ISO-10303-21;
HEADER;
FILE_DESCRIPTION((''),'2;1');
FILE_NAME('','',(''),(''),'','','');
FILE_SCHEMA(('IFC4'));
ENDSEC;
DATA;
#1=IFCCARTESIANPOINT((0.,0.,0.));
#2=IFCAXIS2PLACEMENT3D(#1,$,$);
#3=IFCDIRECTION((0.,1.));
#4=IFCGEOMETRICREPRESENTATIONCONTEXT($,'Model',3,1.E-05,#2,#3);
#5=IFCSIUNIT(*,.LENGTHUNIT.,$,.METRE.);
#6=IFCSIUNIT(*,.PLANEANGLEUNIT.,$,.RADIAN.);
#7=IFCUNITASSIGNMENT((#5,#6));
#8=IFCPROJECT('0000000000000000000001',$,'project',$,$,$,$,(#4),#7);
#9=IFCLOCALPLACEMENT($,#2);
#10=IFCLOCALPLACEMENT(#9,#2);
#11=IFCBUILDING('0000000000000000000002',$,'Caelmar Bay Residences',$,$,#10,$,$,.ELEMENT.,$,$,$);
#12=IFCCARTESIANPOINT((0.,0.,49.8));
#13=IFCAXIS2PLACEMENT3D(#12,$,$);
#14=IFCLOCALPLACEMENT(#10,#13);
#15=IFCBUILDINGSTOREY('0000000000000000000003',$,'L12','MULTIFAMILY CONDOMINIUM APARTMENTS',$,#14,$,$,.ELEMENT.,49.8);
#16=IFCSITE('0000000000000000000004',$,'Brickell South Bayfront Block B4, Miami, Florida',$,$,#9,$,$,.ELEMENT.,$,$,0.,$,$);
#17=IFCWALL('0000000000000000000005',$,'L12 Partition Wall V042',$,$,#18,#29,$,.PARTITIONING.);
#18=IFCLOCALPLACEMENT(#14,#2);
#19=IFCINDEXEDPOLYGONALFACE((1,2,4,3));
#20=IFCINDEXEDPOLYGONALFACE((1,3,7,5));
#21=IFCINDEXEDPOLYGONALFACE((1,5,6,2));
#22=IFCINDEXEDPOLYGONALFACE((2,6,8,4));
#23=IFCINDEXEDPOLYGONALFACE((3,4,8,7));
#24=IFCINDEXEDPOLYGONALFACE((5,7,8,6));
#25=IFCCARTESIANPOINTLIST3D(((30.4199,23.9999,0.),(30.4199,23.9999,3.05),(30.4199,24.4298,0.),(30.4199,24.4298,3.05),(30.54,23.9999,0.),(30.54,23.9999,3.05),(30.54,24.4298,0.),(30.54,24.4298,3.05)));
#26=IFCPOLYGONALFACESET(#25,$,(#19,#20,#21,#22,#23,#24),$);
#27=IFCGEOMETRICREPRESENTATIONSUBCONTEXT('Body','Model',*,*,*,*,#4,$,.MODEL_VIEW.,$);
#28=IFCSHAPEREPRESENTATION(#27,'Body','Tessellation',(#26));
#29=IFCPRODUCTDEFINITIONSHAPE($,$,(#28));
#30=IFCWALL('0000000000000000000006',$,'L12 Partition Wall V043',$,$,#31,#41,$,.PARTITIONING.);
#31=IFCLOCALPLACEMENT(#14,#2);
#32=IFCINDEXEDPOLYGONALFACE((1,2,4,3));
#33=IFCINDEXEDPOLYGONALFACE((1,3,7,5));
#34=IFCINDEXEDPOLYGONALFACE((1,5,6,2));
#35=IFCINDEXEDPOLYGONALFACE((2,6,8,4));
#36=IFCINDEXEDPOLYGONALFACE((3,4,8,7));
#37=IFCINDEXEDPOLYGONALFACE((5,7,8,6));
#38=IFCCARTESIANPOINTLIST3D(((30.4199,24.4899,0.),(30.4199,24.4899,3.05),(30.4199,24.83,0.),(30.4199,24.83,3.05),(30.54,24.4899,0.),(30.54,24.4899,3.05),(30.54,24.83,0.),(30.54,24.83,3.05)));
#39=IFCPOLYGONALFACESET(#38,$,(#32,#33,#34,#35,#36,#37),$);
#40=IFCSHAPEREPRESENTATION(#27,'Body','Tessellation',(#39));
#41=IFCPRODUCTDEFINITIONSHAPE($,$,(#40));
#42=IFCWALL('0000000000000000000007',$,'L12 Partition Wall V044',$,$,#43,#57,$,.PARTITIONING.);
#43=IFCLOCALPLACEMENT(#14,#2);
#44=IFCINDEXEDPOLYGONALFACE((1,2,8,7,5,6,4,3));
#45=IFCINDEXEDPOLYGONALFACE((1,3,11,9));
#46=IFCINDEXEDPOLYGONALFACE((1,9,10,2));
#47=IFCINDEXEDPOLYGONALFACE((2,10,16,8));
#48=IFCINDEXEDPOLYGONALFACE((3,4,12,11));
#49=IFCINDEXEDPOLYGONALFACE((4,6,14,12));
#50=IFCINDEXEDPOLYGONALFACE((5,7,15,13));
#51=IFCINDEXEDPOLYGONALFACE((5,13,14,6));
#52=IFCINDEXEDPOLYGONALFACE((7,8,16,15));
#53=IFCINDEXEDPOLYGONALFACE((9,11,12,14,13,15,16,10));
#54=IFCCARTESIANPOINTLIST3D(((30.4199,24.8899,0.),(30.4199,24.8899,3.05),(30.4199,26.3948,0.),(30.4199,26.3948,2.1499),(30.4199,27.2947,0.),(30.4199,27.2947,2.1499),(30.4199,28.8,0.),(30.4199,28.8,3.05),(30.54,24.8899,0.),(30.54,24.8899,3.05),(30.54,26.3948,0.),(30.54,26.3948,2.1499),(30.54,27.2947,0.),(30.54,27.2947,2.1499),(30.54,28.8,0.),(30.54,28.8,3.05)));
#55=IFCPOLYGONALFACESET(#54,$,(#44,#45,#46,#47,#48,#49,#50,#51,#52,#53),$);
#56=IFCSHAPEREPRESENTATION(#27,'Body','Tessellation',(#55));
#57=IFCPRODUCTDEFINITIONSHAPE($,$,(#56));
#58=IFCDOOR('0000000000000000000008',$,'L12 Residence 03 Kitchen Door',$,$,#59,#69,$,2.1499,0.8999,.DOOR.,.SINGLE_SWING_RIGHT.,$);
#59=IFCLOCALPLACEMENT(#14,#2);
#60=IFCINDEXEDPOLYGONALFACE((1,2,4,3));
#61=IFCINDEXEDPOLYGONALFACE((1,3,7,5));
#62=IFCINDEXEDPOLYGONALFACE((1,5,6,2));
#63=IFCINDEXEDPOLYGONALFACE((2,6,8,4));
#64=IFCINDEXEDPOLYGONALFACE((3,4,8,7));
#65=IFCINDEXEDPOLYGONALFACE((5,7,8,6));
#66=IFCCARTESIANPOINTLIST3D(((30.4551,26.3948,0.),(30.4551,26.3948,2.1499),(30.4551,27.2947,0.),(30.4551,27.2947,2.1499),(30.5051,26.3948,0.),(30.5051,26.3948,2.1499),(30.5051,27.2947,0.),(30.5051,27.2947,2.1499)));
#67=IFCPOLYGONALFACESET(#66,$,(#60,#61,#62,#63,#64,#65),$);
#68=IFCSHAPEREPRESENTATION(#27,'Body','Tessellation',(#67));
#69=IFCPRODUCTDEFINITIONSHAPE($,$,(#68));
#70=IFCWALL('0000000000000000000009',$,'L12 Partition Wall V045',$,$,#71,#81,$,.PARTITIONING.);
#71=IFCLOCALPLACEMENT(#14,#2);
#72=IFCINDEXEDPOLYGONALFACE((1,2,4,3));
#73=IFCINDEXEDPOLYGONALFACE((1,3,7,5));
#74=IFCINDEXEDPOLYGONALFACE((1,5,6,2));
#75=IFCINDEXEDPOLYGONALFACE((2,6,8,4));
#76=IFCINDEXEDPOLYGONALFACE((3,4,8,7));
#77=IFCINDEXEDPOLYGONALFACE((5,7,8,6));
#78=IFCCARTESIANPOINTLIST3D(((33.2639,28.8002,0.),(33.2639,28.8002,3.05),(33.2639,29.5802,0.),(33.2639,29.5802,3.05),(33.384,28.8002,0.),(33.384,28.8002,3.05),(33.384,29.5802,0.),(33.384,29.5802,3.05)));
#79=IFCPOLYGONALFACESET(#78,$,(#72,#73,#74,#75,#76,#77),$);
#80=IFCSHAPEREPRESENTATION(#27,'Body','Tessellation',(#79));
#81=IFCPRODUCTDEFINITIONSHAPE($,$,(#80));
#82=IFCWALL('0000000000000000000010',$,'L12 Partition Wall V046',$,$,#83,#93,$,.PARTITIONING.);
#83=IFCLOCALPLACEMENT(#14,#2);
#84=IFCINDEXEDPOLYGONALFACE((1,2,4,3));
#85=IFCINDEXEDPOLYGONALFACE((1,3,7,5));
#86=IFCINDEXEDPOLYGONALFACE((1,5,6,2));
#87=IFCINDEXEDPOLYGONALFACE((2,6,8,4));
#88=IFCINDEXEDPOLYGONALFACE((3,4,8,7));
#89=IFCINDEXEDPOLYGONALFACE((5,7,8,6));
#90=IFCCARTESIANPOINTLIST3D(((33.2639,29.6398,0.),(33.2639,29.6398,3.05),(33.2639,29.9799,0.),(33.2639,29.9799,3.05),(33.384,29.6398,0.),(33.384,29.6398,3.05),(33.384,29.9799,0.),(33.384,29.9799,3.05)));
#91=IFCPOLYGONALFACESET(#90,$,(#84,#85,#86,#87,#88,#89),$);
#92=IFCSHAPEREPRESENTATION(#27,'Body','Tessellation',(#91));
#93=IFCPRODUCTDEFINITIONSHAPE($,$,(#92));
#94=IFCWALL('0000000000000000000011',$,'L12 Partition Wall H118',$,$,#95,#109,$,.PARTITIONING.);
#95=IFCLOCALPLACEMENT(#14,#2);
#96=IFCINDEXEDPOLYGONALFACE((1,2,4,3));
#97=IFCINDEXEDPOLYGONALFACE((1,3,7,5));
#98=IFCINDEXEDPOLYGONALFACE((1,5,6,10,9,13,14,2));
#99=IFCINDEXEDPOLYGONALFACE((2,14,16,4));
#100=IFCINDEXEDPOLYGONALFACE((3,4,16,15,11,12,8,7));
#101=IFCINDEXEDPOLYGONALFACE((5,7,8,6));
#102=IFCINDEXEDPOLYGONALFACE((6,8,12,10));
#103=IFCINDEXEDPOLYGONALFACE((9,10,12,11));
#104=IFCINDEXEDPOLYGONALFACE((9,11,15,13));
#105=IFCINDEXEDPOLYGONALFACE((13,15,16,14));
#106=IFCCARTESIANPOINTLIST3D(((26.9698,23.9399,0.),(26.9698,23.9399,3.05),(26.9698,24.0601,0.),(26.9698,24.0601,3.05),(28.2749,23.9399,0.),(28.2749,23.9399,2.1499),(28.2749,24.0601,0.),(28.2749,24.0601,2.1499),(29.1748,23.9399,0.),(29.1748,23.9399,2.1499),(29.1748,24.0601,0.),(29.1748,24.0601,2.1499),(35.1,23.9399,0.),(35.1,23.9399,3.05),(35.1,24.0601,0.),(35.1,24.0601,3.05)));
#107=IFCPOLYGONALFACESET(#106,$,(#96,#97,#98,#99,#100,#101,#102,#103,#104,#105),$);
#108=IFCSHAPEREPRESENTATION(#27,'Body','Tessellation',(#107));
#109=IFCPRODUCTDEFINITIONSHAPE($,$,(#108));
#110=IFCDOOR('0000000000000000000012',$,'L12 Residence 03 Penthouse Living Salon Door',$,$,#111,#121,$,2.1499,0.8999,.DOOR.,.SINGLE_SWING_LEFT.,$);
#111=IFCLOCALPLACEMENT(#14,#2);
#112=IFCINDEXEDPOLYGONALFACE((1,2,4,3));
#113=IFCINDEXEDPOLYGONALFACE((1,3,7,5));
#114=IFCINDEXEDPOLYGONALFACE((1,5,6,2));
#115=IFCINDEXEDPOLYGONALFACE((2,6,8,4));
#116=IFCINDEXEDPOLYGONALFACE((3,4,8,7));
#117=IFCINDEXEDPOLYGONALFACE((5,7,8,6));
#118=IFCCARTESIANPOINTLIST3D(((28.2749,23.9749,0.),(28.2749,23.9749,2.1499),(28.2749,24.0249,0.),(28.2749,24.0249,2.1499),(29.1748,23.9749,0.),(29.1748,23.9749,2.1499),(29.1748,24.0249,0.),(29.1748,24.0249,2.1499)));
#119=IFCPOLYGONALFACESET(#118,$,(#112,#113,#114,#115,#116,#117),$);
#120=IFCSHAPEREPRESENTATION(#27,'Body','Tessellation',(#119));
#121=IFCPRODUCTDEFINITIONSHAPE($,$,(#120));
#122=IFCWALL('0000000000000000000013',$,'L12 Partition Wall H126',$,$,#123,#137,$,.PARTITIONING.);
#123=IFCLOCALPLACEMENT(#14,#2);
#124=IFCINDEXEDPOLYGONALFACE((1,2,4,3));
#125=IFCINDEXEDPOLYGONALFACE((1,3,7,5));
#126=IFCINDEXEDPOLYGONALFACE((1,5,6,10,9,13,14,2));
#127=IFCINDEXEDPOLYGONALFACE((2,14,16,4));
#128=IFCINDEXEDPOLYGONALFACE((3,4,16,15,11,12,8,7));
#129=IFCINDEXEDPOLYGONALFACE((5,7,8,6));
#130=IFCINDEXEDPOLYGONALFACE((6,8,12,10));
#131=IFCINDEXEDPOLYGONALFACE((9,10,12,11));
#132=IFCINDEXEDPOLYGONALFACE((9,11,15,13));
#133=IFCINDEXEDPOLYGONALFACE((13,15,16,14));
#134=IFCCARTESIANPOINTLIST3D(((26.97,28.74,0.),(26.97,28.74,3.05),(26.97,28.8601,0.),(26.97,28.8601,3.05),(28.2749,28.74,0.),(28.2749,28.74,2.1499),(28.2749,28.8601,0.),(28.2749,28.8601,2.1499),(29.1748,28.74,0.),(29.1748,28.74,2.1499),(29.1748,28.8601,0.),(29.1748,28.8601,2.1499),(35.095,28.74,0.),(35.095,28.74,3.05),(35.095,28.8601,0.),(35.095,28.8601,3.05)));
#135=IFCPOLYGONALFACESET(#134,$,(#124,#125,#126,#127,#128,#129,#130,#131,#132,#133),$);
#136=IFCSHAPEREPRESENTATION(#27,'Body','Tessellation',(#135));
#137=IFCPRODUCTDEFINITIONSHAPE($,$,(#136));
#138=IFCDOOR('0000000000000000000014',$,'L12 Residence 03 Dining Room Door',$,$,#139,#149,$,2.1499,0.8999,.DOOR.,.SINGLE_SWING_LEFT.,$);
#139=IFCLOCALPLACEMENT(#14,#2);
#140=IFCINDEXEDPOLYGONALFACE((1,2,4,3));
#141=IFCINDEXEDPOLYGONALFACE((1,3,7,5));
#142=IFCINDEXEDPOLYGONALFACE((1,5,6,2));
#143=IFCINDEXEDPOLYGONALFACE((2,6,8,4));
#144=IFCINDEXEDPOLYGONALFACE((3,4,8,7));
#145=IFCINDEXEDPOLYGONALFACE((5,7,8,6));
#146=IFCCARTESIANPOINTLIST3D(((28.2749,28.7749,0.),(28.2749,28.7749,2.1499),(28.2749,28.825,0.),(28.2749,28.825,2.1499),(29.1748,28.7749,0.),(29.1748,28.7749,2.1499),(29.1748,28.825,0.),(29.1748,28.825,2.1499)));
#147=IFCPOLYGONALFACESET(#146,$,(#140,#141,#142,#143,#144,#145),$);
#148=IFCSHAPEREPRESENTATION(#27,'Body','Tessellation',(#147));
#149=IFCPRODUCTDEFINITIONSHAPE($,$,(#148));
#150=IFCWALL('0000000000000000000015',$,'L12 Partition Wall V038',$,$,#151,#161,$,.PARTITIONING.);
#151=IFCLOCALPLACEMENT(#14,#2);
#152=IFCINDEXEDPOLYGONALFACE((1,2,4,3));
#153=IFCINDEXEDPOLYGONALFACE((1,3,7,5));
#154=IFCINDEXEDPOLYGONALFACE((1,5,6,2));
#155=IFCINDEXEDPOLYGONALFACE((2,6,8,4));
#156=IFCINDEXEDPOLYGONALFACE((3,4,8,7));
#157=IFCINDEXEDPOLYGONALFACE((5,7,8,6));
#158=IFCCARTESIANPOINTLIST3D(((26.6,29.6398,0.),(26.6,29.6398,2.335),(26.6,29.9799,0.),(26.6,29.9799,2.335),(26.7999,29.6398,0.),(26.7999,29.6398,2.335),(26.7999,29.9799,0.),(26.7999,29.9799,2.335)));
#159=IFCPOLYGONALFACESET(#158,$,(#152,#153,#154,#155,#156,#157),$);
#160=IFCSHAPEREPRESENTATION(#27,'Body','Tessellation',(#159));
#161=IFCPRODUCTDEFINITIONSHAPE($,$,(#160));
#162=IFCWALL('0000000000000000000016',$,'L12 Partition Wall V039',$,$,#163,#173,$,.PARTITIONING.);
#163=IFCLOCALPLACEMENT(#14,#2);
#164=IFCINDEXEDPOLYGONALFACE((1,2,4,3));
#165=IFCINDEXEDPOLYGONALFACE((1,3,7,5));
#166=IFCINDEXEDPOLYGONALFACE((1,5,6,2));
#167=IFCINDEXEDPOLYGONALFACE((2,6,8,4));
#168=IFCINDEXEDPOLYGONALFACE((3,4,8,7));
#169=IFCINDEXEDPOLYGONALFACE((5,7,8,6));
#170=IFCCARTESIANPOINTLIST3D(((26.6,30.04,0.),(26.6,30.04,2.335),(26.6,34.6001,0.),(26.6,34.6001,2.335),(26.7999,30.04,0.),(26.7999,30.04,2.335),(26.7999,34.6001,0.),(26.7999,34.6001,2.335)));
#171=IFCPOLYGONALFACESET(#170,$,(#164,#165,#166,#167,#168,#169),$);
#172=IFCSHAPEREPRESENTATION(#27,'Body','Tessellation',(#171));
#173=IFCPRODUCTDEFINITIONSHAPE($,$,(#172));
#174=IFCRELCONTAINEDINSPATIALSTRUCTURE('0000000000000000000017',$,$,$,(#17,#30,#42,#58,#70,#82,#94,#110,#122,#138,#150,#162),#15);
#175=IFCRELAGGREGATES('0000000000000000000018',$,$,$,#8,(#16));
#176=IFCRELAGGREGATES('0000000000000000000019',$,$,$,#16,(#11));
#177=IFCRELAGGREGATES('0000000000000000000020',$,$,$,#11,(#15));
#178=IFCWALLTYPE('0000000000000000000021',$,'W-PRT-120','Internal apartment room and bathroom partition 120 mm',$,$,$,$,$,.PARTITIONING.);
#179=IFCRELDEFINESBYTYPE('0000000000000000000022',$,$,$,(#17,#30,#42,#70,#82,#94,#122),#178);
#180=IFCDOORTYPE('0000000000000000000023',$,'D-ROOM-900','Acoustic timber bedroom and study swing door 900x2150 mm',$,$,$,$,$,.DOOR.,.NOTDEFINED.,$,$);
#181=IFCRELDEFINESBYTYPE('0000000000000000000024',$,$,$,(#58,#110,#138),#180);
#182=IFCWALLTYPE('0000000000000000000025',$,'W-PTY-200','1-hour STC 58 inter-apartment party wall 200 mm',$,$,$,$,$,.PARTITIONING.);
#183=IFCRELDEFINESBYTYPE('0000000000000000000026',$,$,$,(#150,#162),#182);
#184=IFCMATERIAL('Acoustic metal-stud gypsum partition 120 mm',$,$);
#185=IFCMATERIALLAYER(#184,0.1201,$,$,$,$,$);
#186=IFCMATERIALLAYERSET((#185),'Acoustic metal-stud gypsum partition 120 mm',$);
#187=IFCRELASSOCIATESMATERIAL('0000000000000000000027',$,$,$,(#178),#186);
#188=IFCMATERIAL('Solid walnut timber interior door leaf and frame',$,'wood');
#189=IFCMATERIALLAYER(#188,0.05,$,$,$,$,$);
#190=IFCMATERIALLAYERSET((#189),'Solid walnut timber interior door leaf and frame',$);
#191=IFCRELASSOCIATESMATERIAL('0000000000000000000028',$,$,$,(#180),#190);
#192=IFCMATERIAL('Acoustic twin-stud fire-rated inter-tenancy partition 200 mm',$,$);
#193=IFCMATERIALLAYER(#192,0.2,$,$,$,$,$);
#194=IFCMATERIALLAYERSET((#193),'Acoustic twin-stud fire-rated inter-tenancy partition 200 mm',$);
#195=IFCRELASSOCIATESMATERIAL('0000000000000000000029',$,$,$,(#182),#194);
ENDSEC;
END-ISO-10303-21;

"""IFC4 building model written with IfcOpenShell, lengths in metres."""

from ifc_helpers import new_model, si_unit, direction, frame, frame_2d, origin, place, context, subcontext, project, spatial, rectangle, extrude, material, layer, layer_set, type_object, element, fill, save


model = new_model("IFC4")

# Units and contexts
model_context = context("Model", 3, precision=1e-05, world=origin(), true_north=direction((0.0, 1.0)))
body_context = subcontext(model_context, "Body", "Model", "MODEL_VIEW")
ifc_project = project(units=[si_unit("LENGTHUNIT", "METRE"), si_unit("PLANEANGLEUNIT", "RADIAN")], contexts=[model_context])

# Site, building, storey
site_placement = place(None, origin())
site = spatial("IfcSite", under=ifc_project, at=site_placement, Name="Brickell South Bayfront Block B4, Miami, Florida", CompositionType="ELEMENT", RefElevation=0.0)
building_placement = place(site_placement, origin())
building = spatial("IfcBuilding", under=site, at=building_placement, Name="Caelmar Bay Residences", CompositionType="ELEMENT")
storey_placement = place(building_placement, frame((0.0, 0.0, 49.8)))
storey = spatial("IfcBuildingStorey", under=building, at=storey_placement, Name="L12", Description="MULTIFAMILY CONDOMINIUM APARTMENTS", CompositionType="ELEMENT", Elevation=49.8)

# Walls
ifc_material_1 = material(Name="Acoustic metal-stud gypsum partition 120 mm")
ifc_layer_1 = layer(ifc_material_1, 0.1201)
ifc_layer_set_1 = layer_set([ifc_layer_1], Name="Acoustic metal-stud gypsum partition 120 mm")
wall_type_1 = type_object("IfcWallType", Name="W-PRT-120", Description="Internal apartment room and bathroom partition 120 mm", PredefinedType="PARTITIONING", material=ifc_layer_set_1)
wall_1_placement = place(storey_placement, frame((30.48, 24.0, 0.0), z_axis=(0.0, 0.0, 1.0), x_axis=(0.0, 1.0, 0.0)))
element("IfcWall", 1, at=wall_1_placement, inside=storey, type_object=wall_type_1, Name="L12 Partition Wall V042", PredefinedType="PARTITIONING", context=body_context, shape_type="SweptSolid", body=[
    extrude(rectangle(XDim=0.4299, YDim=0.1201, at=frame_2d((0.2148, 0.0))), origin(), (0.0, 0.0, 1.0), 3.05),
])
wall_2_placement = place(storey_placement, frame((30.48, 24.49, 0.0), z_axis=(0.0, 0.0, 1.0), x_axis=(0.0, 1.0, 0.0)))
element("IfcWall", 2, at=wall_2_placement, inside=storey, type_object=wall_type_1, Name="L12 Partition Wall V043", PredefinedType="PARTITIONING", context=body_context, shape_type="SweptSolid", body=[
    extrude(rectangle(XDim=0.3401, YDim=0.1201, at=frame_2d((0.1699, 0.0))), origin(), (0.0, 0.0, 1.0), 3.05),
])

# Wall, opening, door
wall_3_placement = place(storey_placement, frame((30.48, 24.8899, 0.0), z_axis=(0.0, 0.0, 1.0), x_axis=(0.0, 1.0, 0.0)))
wall_3 = element("IfcWall", 3, at=wall_3_placement, inside=storey, type_object=wall_type_1, Name="L12 Partition Wall V044", PredefinedType="PARTITIONING", context=body_context, shape_type="SweptSolid", body=[
    extrude(rectangle(XDim=3.9102, YDim=0.1201, at=frame_2d((1.9551, 0.0))), origin(), (0.0, 0.0, 1.0), 3.05),
])
opening_1_placement = place(wall_3_placement, frame((1.5049, 0.0, 0.0)))
opening_1 = element("IfcOpeningElement", 4, at=opening_1_placement, cuts=wall_3, PredefinedType="OPENING", context=body_context, shape_type="SweptSolid", body=[
    extrude(rectangle(XDim=0.8999, YDim=2.1499, at=frame_2d((0.45, 1.075))), frame((0.0, 0.0701, 0.0), z_axis=(0.0, -1.0, 0.0), x_axis=(1.0, 0.0, 0.0)), (0.0, 0.0, 1.0), 0.1401),
])
ifc_material_2 = material(Name="Solid walnut timber interior door leaf and frame", Category="wood")
ifc_layer_2 = layer(ifc_material_2, 0.05)
ifc_layer_set_2 = layer_set([ifc_layer_2], Name="Solid walnut timber interior door leaf and frame")
door_type = type_object("IfcDoorType", Name="D-ROOM-900", Description="Acoustic timber bedroom and study swing door 900x2150 mm", OperationType="NOTDEFINED", PredefinedType="DOOR", material=ifc_layer_set_2)
door_1_placement = place(opening_1_placement, origin())
door_1 = element("IfcDoor", 5, at=door_1_placement, inside=storey, type_object=door_type, Name="L12 Residence 03 Kitchen Door", OperationType="SINGLE_SWING_RIGHT", OverallHeight=2.1499, OverallWidth=0.8999, PredefinedType="DOOR", context=body_context, shape_type="SweptSolid", body=[
    extrude(rectangle(XDim=0.8999, YDim=2.1499, at=frame_2d((0.45, 1.075))), frame((0.0, 0.0249, 0.0), z_axis=(0.0, -1.0, 0.0), x_axis=(1.0, 0.0, 0.0)), (0.0, 0.0, 1.0), 0.05),
])
fill(opening_1, door_1)

# Walls
wall_4_placement = place(storey_placement, frame((33.324, 28.8, 0.0), z_axis=(0.0, 0.0, 1.0), x_axis=(0.0, 1.0, 0.0)))
element("IfcWall", 6, at=wall_4_placement, inside=storey, type_object=wall_type_1, Name="L12 Partition Wall V045", PredefinedType="PARTITIONING", context=body_context, shape_type="SweptSolid", body=[
    extrude(rectangle(XDim=0.78, YDim=0.1201, at=frame_2d((0.3901, 0.0))), origin(), (0.0, 0.0, 1.0), 3.05),
])
wall_5_placement = place(storey_placement, frame((33.324, 29.6399, 0.0), z_axis=(0.0, 0.0, 1.0), x_axis=(0.0, 1.0, 0.0)))
element("IfcWall", 7, at=wall_5_placement, inside=storey, type_object=wall_type_1, Name="L12 Partition Wall V046", PredefinedType="PARTITIONING", context=body_context, shape_type="SweptSolid", body=[
    extrude(rectangle(XDim=0.3401, YDim=0.1201, at=frame_2d((0.1699, 0.0))), origin(), (0.0, 0.0, 1.0), 3.05),
])

# Walls, openings, doors
wall_6_placement = place(storey_placement, frame((26.97, 24.0, 0.0), z_axis=(0.0, 0.0, 1.0), x_axis=(1.0, 0.0, 0.0)))
wall_6 = element("IfcWall", 8, at=wall_6_placement, inside=storey, type_object=wall_type_1, Name="L12 Partition Wall H118", PredefinedType="PARTITIONING", context=body_context, shape_type="SweptSolid", body=[
    extrude(rectangle(XDim=8.1301, YDim=0.1201, at=frame_2d((4.0649, 0.0))), origin(), (0.0, 0.0, 1.0), 3.05),
])
opening_2_placement = place(wall_6_placement, frame((1.3049, 0.0, 0.0)))
opening_2 = element("IfcOpeningElement", 9, at=opening_2_placement, cuts=wall_6, PredefinedType="OPENING", context=body_context, shape_type="SweptSolid", body=[
    extrude(rectangle(XDim=0.8999, YDim=2.1499, at=frame_2d((0.45, 1.075))), frame((0.0, 0.0701, 0.0), z_axis=(0.0, -1.0, 0.0), x_axis=(1.0, 0.0, 0.0)), (0.0, 0.0, 1.0), 0.1401),
])
door_2_placement = place(opening_2_placement, origin())
door_2 = element("IfcDoor", 10, at=door_2_placement, inside=storey, type_object=door_type, Name="L12 Residence 03 Penthouse Living Salon Door", OperationType="SINGLE_SWING_LEFT", OverallHeight=2.1499, OverallWidth=0.8999, PredefinedType="DOOR", context=body_context, shape_type="SweptSolid", body=[
    extrude(rectangle(XDim=0.8999, YDim=2.1499, at=frame_2d((0.45, 1.075))), frame((0.0, 0.0249, 0.0), z_axis=(0.0, -1.0, 0.0), x_axis=(1.0, 0.0, 0.0)), (0.0, 0.0, 1.0), 0.05),
])
fill(opening_2, door_2)
wall_7_placement = place(storey_placement, frame((26.97, 28.8, 0.0), z_axis=(0.0, 0.0, 1.0), x_axis=(1.0, 0.0, 0.0)))
wall_7 = element("IfcWall", 11, at=wall_7_placement, inside=storey, type_object=wall_type_1, Name="L12 Partition Wall H126", PredefinedType="PARTITIONING", context=body_context, shape_type="SweptSolid", body=[
    extrude(rectangle(XDim=8.125, YDim=0.1201, at=frame_2d((4.0625, 0.0))), origin(), (0.0, 0.0, 1.0), 3.05),
])
opening_3_placement = place(wall_7_placement, frame((1.3049, 0.0, 0.0)))
opening_3 = element("IfcOpeningElement", 12, at=opening_3_placement, cuts=wall_7, PredefinedType="OPENING", context=body_context, shape_type="SweptSolid", body=[
    extrude(rectangle(XDim=0.8999, YDim=2.1499, at=frame_2d((0.45, 1.075))), frame((0.0, 0.0701, 0.0), z_axis=(0.0, -1.0, 0.0), x_axis=(1.0, 0.0, 0.0)), (0.0, 0.0, 1.0), 0.1401),
])
door_3_placement = place(opening_3_placement, origin())
door_3 = element("IfcDoor", 13, at=door_3_placement, inside=storey, type_object=door_type, Name="L12 Residence 03 Dining Room Door", OperationType="SINGLE_SWING_LEFT", OverallHeight=2.1499, OverallWidth=0.8999, PredefinedType="DOOR", context=body_context, shape_type="SweptSolid", body=[
    extrude(rectangle(XDim=0.8999, YDim=2.1499, at=frame_2d((0.45, 1.075))), frame((0.0, 0.0249, 0.0), z_axis=(0.0, -1.0, 0.0), x_axis=(1.0, 0.0, 0.0)), (0.0, 0.0, 1.0), 0.05),
])
fill(opening_3, door_3)

# Walls
ifc_material_3 = material(Name="Acoustic twin-stud fire-rated inter-tenancy partition 200 mm")
ifc_layer_3 = layer(ifc_material_3, 0.2)
ifc_layer_set_3 = layer_set([ifc_layer_3], Name="Acoustic twin-stud fire-rated inter-tenancy partition 200 mm")
wall_type_2 = type_object("IfcWallType", Name="W-PTY-200", Description="1-hour STC 58 inter-apartment party wall 200 mm", PredefinedType="PARTITIONING", material=ifc_layer_set_3)
wall_8_placement = place(storey_placement, frame((26.7, 29.6399, 0.0), z_axis=(0.0, 0.0, 1.0), x_axis=(0.0, 1.0, 0.0)))
element("IfcWall", 14, at=wall_8_placement, inside=storey, type_object=wall_type_2, Name="L12 Partition Wall V038", PredefinedType="PARTITIONING", context=body_context, shape_type="SweptSolid", body=[
    extrude(rectangle(XDim=0.3401, YDim=0.2, at=frame_2d((0.1699, 0.0))), origin(), (0.0, 0.0, 1.0), 2.335),
])
wall_9_placement = place(storey_placement, frame((26.7, 30.04, 0.0), z_axis=(0.0, 0.0, 1.0), x_axis=(0.0, 1.0, 0.0)))
element("IfcWall", 15, at=wall_9_placement, inside=storey, type_object=wall_type_2, Name="L12 Partition Wall V039", PredefinedType="PARTITIONING", context=body_context, shape_type="SweptSolid", body=[
    extrude(rectangle(XDim=4.5601, YDim=0.2, at=frame_2d((2.28, 0.0))), origin(), (0.0, 0.0, 1.0), 2.335),
])

save(model, "model.ifc")
